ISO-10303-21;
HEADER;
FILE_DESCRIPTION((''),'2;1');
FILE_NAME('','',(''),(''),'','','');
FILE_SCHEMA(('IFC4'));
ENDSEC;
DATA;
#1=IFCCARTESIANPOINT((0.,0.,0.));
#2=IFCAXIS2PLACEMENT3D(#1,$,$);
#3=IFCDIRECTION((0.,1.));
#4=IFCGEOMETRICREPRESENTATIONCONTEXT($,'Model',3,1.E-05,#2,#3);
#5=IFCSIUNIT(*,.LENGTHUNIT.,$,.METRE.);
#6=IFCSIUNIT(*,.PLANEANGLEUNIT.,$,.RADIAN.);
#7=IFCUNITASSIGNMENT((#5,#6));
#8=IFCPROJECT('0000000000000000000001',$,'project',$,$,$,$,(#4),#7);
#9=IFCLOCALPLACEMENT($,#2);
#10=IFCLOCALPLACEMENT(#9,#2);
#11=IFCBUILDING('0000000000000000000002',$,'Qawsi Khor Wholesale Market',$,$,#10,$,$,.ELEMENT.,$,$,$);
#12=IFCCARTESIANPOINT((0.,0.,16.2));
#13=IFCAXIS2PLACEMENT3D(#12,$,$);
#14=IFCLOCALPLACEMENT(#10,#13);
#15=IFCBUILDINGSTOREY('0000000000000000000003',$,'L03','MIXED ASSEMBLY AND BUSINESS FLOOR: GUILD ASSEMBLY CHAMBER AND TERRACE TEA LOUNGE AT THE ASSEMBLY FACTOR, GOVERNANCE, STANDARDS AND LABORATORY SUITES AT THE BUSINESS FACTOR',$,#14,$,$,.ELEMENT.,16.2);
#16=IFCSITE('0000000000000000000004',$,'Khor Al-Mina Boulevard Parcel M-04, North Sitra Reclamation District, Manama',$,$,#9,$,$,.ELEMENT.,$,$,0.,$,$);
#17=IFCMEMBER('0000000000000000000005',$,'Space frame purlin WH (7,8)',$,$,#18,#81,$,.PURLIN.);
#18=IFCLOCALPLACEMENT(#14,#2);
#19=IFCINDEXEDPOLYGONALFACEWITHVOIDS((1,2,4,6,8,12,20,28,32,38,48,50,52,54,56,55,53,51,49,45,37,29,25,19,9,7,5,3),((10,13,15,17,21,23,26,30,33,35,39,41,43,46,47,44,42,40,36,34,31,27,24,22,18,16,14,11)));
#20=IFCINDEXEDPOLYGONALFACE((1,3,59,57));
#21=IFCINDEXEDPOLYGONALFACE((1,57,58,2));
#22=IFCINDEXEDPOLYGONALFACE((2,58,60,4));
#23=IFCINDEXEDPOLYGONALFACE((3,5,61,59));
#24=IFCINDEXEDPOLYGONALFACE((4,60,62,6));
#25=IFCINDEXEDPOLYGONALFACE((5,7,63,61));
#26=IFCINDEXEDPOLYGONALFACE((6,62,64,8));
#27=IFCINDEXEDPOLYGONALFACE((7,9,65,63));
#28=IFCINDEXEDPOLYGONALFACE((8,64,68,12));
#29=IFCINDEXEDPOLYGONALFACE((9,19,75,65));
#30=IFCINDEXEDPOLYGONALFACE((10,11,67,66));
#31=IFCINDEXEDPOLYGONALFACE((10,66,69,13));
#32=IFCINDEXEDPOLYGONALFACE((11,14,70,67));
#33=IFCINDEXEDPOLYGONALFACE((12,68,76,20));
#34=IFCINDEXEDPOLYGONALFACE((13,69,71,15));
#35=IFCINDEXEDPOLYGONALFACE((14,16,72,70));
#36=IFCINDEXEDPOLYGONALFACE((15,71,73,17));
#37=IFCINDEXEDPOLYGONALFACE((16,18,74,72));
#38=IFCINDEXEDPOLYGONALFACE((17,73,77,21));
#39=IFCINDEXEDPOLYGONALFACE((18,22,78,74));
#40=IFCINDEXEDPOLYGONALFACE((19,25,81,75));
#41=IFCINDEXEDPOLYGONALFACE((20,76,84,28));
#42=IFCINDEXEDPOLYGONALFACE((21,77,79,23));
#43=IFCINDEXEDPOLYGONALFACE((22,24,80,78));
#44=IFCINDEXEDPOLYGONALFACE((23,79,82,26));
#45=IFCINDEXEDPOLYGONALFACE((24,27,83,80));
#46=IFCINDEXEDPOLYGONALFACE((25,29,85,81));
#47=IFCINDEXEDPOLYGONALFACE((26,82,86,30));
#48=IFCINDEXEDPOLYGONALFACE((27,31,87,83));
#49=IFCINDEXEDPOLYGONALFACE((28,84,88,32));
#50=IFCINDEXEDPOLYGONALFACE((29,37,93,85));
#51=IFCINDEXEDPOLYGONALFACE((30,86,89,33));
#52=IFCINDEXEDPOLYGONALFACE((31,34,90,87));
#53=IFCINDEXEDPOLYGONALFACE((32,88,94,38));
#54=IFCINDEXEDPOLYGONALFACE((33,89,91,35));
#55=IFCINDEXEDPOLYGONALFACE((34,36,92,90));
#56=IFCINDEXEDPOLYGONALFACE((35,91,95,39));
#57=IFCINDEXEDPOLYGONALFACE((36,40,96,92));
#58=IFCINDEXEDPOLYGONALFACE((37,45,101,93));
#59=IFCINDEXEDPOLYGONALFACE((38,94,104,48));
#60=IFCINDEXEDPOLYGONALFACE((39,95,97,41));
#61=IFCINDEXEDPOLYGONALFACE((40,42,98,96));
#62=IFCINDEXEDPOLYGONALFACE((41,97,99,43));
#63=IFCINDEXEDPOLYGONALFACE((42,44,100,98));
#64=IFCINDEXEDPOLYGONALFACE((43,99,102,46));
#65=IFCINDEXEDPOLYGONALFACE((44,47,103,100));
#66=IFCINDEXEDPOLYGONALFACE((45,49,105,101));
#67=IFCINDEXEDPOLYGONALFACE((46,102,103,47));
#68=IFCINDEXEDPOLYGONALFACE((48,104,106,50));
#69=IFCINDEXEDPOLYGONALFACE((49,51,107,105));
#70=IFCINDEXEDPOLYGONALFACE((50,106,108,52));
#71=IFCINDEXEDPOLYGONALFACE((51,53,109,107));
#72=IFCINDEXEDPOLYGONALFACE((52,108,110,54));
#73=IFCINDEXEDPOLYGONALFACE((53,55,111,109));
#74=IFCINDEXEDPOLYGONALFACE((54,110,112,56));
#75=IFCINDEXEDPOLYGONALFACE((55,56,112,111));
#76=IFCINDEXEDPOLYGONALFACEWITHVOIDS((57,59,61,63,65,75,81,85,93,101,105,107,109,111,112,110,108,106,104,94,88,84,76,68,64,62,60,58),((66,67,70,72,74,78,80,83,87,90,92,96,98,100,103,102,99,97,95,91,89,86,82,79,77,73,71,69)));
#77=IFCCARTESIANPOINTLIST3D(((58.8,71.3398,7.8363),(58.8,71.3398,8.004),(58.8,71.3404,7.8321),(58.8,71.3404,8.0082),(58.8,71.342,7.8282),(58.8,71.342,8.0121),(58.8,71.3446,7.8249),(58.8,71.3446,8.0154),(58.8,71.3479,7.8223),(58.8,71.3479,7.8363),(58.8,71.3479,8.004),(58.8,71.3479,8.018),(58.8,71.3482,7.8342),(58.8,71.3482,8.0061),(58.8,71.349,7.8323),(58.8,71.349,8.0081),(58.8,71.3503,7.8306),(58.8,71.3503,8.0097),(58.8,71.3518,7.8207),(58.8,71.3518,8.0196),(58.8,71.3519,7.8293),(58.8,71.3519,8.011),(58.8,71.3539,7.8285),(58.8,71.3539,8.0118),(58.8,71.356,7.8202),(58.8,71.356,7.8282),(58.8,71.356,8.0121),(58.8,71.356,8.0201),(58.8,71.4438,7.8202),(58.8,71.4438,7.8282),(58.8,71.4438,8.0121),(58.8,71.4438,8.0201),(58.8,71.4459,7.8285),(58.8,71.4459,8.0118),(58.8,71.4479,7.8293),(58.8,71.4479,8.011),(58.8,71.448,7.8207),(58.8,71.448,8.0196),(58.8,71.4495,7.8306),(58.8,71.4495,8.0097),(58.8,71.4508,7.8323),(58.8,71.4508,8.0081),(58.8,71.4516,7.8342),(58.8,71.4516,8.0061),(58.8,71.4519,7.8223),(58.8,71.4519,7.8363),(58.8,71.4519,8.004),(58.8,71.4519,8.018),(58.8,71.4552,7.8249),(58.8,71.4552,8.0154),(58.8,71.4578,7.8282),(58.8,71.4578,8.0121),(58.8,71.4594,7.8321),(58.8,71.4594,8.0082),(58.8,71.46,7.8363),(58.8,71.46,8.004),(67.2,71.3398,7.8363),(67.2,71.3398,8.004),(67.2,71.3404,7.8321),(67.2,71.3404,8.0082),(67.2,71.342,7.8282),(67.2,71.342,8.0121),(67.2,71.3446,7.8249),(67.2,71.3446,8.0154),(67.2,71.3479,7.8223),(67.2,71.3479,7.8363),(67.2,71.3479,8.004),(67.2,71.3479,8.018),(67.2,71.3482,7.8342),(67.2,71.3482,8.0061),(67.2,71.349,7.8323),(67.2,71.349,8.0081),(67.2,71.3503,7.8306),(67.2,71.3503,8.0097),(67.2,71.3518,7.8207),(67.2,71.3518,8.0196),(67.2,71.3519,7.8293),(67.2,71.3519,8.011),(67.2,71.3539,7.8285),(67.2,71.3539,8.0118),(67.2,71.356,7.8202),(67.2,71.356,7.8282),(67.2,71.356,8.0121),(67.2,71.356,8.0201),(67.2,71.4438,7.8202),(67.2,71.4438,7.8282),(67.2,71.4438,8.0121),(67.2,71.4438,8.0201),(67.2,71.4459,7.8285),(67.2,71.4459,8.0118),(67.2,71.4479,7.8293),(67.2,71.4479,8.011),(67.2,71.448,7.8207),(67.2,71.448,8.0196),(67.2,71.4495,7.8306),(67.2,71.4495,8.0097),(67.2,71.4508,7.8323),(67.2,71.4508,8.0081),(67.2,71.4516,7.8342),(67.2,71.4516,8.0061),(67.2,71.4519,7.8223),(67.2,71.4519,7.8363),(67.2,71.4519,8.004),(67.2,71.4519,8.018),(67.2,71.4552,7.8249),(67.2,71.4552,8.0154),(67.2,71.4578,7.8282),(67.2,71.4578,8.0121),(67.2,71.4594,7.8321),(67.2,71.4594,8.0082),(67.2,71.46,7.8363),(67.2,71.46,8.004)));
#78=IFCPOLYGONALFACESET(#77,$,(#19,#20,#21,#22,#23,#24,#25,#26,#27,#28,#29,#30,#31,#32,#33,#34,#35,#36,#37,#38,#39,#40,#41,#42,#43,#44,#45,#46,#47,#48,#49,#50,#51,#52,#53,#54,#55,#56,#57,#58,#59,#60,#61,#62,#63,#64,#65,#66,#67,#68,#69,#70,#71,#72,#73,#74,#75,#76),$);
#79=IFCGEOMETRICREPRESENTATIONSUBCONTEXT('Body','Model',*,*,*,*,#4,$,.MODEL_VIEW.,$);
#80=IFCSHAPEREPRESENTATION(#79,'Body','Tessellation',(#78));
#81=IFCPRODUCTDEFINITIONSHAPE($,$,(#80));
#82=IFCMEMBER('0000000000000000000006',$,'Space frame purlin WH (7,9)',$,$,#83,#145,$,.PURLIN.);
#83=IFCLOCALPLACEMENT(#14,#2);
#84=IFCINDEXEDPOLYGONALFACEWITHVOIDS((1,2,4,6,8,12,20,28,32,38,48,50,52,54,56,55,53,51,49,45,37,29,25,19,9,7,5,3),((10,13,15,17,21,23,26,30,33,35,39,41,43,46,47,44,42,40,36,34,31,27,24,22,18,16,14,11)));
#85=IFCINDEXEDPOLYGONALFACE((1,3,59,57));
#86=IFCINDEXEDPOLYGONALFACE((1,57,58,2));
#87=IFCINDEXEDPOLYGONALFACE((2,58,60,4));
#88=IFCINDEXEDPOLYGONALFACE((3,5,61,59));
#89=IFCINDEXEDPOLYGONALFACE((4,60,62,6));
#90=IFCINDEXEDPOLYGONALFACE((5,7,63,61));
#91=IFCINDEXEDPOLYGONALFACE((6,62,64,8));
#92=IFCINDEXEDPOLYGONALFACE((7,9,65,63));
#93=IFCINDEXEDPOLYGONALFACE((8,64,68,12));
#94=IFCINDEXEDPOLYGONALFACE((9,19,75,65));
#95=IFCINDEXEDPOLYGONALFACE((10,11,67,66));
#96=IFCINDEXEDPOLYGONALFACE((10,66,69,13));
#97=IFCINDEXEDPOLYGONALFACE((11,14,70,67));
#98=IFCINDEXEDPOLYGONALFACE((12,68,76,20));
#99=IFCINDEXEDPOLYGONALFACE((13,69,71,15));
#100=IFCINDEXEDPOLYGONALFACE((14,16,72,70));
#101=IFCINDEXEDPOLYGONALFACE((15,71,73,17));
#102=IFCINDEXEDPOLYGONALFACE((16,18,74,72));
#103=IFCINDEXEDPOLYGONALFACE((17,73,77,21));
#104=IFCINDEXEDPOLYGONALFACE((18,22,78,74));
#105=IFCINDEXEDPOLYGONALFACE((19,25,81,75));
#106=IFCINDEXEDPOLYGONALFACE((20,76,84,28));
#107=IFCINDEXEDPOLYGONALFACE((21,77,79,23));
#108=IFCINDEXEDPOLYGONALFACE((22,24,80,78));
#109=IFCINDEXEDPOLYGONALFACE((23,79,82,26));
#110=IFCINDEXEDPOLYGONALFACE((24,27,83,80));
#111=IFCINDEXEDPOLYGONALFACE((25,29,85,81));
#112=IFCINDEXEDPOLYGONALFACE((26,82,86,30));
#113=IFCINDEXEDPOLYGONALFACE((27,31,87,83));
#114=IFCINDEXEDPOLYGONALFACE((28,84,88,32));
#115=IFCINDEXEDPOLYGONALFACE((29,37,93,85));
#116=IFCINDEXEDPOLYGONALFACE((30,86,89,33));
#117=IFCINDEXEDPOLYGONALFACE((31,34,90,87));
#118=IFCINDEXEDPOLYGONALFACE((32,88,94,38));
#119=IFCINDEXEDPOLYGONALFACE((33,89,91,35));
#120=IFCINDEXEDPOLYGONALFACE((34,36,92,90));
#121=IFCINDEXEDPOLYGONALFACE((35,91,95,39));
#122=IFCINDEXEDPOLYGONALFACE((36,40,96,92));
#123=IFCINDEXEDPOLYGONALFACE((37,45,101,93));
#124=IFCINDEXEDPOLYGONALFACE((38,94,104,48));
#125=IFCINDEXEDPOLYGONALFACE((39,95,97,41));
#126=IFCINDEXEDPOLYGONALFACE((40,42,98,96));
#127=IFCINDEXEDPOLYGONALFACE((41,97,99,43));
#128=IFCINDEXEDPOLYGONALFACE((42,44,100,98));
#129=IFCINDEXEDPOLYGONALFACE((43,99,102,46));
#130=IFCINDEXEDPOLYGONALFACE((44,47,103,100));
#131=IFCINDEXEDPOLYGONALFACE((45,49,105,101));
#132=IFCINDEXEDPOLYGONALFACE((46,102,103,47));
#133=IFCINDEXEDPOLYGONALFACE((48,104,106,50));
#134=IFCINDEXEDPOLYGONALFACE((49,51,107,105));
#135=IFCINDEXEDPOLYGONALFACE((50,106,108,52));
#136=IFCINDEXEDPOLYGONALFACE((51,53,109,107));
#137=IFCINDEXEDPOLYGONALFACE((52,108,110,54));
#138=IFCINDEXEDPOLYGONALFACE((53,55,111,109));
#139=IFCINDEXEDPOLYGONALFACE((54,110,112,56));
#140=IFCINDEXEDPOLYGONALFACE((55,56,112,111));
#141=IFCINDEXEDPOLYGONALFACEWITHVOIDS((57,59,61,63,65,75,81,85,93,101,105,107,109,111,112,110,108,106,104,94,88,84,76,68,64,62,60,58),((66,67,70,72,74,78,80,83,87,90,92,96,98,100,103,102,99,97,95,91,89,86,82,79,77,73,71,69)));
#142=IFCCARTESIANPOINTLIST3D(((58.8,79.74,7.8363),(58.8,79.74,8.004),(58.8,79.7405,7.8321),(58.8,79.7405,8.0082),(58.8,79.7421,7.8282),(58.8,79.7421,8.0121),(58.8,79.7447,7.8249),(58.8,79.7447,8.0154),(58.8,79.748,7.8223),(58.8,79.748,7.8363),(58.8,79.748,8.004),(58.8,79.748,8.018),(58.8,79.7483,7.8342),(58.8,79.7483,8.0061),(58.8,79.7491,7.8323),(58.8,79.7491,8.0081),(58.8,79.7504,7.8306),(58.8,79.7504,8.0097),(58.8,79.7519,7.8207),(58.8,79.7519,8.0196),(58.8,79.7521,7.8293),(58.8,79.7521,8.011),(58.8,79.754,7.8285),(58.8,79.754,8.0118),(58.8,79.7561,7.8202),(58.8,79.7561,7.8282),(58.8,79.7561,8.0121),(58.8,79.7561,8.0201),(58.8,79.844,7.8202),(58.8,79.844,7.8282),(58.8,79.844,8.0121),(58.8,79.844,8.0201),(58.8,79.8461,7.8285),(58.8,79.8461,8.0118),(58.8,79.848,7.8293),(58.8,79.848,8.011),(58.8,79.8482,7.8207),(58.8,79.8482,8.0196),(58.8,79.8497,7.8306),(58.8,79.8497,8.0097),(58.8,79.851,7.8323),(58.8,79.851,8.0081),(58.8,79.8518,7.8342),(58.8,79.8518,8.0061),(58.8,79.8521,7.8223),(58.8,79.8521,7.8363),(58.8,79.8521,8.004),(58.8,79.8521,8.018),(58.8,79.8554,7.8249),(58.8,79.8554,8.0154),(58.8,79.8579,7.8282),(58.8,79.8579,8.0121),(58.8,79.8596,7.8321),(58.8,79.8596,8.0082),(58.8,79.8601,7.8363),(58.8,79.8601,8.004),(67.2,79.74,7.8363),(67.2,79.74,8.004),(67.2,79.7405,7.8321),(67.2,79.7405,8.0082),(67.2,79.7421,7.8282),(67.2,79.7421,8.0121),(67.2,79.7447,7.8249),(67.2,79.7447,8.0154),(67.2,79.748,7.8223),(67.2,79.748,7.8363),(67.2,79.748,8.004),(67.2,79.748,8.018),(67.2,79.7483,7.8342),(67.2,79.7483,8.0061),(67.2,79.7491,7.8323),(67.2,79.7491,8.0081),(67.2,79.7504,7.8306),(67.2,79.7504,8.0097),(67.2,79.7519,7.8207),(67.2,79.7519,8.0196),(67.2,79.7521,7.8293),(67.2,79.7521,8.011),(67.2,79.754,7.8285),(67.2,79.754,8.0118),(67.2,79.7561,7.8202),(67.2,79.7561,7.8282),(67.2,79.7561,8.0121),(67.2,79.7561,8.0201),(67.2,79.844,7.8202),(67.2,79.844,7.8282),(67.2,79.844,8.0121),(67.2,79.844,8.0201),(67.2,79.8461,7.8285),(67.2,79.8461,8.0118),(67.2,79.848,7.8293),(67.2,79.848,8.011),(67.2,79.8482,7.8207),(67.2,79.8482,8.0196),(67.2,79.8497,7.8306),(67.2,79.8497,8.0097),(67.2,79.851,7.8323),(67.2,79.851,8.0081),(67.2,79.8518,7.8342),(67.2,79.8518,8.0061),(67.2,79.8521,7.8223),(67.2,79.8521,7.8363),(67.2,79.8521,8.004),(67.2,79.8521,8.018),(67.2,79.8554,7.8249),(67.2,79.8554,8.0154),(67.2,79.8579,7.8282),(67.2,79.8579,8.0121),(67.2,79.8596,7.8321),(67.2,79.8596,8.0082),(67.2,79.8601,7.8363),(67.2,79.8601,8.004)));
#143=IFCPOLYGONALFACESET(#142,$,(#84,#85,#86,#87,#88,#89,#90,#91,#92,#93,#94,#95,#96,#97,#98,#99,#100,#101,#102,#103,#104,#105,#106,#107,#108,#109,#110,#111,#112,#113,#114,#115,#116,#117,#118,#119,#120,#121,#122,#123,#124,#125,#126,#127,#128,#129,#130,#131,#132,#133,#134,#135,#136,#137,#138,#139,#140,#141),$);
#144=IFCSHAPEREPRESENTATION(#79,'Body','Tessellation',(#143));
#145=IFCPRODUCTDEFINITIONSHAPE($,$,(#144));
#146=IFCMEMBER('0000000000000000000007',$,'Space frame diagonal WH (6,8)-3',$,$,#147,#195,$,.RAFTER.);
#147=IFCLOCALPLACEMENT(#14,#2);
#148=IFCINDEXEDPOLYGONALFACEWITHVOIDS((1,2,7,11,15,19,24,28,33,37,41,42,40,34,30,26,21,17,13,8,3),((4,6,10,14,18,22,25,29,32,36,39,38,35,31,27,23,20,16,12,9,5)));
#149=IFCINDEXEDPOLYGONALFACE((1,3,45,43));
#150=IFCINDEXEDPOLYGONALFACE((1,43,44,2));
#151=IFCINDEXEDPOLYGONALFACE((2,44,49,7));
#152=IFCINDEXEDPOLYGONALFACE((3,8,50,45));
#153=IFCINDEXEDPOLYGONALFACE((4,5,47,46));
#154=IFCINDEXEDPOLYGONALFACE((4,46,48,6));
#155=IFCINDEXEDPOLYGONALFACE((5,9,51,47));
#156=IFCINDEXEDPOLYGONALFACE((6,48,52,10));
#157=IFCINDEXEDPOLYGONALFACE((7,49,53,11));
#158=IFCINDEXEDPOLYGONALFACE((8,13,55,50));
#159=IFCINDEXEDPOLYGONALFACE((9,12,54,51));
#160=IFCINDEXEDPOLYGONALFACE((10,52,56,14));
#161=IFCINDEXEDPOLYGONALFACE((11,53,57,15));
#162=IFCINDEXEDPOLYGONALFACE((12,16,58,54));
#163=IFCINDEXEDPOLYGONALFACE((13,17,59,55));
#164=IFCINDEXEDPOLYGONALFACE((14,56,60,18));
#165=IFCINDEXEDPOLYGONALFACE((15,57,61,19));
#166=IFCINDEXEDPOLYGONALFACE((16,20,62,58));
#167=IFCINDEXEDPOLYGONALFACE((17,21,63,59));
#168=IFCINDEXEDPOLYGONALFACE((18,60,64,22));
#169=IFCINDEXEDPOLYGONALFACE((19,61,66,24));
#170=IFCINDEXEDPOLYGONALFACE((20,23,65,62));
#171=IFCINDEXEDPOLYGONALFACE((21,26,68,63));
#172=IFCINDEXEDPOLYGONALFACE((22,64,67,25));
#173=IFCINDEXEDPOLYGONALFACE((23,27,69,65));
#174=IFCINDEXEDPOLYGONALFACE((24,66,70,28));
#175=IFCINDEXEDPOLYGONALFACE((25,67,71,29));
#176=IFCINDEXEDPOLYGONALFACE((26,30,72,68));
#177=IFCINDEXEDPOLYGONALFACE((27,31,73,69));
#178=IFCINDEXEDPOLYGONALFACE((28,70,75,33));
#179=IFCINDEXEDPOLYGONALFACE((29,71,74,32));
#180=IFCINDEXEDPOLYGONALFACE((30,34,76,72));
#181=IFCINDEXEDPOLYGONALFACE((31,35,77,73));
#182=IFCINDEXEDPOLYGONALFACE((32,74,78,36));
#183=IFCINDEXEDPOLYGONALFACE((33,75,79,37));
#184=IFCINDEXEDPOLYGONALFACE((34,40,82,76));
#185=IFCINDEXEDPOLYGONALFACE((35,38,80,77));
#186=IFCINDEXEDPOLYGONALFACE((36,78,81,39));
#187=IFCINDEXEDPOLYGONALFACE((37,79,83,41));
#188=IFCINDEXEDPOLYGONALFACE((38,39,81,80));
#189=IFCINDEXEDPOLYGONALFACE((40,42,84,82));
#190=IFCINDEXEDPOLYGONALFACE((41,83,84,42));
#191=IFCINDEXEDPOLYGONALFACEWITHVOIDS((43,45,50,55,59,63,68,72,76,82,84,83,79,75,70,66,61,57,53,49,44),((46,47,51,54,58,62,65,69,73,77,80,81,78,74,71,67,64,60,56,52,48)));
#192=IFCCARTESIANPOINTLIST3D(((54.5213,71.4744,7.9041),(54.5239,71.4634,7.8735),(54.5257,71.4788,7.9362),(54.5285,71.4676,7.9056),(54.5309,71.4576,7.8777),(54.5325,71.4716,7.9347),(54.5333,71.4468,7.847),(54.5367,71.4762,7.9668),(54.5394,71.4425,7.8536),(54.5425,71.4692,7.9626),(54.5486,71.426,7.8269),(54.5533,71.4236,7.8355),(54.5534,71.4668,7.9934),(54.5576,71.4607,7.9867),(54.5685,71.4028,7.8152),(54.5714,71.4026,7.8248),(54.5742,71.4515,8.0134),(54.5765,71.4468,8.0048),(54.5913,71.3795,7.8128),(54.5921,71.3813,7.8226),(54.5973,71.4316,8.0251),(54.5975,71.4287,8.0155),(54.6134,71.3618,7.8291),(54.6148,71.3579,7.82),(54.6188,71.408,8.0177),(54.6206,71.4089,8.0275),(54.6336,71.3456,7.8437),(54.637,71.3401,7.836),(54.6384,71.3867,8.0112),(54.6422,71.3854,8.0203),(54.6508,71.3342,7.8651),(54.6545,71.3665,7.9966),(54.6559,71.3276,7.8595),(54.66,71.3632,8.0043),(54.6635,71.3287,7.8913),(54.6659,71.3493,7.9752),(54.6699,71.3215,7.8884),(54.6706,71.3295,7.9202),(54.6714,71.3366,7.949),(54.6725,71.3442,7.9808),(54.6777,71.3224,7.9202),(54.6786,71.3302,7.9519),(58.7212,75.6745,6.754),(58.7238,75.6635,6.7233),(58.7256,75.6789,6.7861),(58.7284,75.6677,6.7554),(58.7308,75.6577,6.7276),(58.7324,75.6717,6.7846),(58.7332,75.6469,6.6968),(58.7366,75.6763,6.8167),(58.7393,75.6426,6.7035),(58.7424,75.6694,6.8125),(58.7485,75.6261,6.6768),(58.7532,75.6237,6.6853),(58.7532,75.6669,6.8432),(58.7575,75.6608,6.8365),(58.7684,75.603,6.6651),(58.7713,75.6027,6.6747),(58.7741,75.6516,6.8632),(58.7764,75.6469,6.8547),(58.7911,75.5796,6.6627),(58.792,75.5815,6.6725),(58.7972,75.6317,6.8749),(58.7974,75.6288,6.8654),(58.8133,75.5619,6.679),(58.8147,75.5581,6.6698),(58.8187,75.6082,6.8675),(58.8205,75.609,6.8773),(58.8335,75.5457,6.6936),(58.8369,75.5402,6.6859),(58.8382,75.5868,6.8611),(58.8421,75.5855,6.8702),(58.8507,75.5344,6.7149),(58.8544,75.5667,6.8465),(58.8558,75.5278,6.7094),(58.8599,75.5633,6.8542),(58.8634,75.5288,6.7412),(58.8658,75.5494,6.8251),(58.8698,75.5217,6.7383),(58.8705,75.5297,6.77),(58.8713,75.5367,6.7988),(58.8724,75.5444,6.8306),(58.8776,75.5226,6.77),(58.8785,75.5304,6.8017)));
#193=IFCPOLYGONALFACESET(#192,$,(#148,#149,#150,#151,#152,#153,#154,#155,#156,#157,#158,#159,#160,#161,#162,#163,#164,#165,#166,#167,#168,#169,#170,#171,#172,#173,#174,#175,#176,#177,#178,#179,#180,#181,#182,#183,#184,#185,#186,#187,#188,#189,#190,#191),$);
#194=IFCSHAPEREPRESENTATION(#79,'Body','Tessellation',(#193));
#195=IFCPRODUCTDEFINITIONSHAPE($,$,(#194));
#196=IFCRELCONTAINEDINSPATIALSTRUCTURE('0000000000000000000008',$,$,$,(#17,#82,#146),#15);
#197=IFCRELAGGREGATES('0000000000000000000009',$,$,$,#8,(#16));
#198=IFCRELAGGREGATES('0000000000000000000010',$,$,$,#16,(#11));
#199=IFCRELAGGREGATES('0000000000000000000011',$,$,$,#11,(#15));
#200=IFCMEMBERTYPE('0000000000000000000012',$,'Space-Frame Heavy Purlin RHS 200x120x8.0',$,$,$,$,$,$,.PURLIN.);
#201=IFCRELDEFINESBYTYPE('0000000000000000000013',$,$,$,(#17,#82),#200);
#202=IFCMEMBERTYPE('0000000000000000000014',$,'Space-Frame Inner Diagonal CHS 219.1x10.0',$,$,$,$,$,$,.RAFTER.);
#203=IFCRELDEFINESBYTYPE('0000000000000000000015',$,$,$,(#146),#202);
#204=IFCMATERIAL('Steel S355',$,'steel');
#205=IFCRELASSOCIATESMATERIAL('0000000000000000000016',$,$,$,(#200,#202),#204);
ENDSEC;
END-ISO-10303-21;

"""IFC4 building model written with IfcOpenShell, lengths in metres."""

from ifc_helpers import new_model, si_unit, direction, frame, origin, origin_2d, place, context, subcontext, project, spatial, hollow_rectangle, hollow_circle, extrude, material, material_profile, profile_set, type_object, element, save


model = new_model("IFC4")

# Units and contexts
model_context = context("Model", 3, precision=1e-05, world=origin(), true_north=direction((0.0, 1.0)))
body_context = subcontext(model_context, "Body", "Model", "MODEL_VIEW")
ifc_project = project(units=[si_unit("LENGTHUNIT", "METRE"), si_unit("PLANEANGLEUNIT", "RADIAN")], contexts=[model_context])

# Site, building, storey
site_placement = place(None, origin())
site = spatial("IfcSite", under=ifc_project, at=site_placement, Name="Khor Al-Mina Boulevard Parcel M-04, North Sitra Reclamation District, Manama", CompositionType="ELEMENT", RefElevation=0.0)
building_placement = place(site_placement, origin())
building = spatial("IfcBuilding", under=site, at=building_placement, Name="Qawsi Khor Wholesale Market", CompositionType="ELEMENT")
storey_placement = place(building_placement, frame((0.0, 0.0, 16.2)))
storey = spatial("IfcBuildingStorey", under=building, at=storey_placement, Name="L03", Description="MIXED ASSEMBLY AND BUSINESS FLOOR: GUILD ASSEMBLY CHAMBER AND TERRACE TEA LOUNGE AT THE ASSEMBLY FACTOR, GOVERNANCE, STANDARDS AND LABORATORY SUITES AT THE BUSINESS FACTOR", CompositionType="ELEMENT", Elevation=16.2)

# Members
ifc_material_1 = material(Name="Steel S355", Category="steel")
ifc_material_profile_1 = material_profile(ifc_material_1, hollow_rectangle(XDim=0.1201, YDim=0.2, WallThickness=0.0081, InnerFilletRadius=0.0081, OuterFilletRadius=0.0161, at=origin_2d()), Name="RHS 200x120x8.0")
ifc_profile_set_1 = profile_set([ifc_material_profile_1], Name="Steel S355")
member_type_1 = type_object("IfcMemberType", Name="Space-Frame Heavy Purlin RHS 200x120x8.0", PredefinedType="PURLIN", material=ifc_profile_set_1)
for number, where, z_axis, x_axis, name in (
    (1, (58.8, 71.3999, 7.9202), (1.0, 0.0, 0.0), (0.0, 1.0, 0.0), "Space frame purlin WH (7,8)"),
    (2, (58.8, 79.8, 7.9202), (1.0, 0.0, 0.0), (0.0, 1.0, 0.0), "Space frame purlin WH (7,9)"),
):
    element("IfcMember", number, at=place(storey_placement, frame(where, z_axis=z_axis, x_axis=x_axis)), inside=storey, type_object=member_type_1, Name=name, PredefinedType="PURLIN", context=body_context, shape_type="SweptSolid", body=[
        extrude(hollow_rectangle(XDim=0.1201, YDim=0.2, WallThickness=0.0081, InnerFilletRadius=0.0081, OuterFilletRadius=0.0161, at=origin_2d()), origin(), (0.0, 0.0, 1.0), 8.3999),
    ])
ifc_material_profile_2 = material_profile(ifc_material_1, hollow_circle(Radius=0.1096, WallThickness=0.01, at=origin_2d()), Name="CHS 219.1x10.0")
ifc_profile_set_2 = profile_set([ifc_material_profile_2], Name="Steel S355")
member_type_2 = type_object("IfcMemberType", Name="Space-Frame Inner Diagonal CHS 219.1x10.0", PredefinedType="RAFTER", material=ifc_profile_set_2)
member_1_placement = place(storey_placement, frame((58.8, 75.6001, 6.77), z_axis=(-0.694192, -0.694232, 0.190103), x_axis=(0.707127, -0.707086, 0.0)))
element("IfcMember", 3, at=member_1_placement, inside=storey, type_object=member_type_2, Name="Space frame diagonal WH (6,8)-3", PredefinedType="RAFTER", context=body_context, shape_type="SweptSolid", body=[
    extrude(hollow_circle(Radius=0.1096, WallThickness=0.01, at=origin_2d()), origin(), (0.0, 0.0, 1.0), 6.05),
])

save(model, "model.ifc")
